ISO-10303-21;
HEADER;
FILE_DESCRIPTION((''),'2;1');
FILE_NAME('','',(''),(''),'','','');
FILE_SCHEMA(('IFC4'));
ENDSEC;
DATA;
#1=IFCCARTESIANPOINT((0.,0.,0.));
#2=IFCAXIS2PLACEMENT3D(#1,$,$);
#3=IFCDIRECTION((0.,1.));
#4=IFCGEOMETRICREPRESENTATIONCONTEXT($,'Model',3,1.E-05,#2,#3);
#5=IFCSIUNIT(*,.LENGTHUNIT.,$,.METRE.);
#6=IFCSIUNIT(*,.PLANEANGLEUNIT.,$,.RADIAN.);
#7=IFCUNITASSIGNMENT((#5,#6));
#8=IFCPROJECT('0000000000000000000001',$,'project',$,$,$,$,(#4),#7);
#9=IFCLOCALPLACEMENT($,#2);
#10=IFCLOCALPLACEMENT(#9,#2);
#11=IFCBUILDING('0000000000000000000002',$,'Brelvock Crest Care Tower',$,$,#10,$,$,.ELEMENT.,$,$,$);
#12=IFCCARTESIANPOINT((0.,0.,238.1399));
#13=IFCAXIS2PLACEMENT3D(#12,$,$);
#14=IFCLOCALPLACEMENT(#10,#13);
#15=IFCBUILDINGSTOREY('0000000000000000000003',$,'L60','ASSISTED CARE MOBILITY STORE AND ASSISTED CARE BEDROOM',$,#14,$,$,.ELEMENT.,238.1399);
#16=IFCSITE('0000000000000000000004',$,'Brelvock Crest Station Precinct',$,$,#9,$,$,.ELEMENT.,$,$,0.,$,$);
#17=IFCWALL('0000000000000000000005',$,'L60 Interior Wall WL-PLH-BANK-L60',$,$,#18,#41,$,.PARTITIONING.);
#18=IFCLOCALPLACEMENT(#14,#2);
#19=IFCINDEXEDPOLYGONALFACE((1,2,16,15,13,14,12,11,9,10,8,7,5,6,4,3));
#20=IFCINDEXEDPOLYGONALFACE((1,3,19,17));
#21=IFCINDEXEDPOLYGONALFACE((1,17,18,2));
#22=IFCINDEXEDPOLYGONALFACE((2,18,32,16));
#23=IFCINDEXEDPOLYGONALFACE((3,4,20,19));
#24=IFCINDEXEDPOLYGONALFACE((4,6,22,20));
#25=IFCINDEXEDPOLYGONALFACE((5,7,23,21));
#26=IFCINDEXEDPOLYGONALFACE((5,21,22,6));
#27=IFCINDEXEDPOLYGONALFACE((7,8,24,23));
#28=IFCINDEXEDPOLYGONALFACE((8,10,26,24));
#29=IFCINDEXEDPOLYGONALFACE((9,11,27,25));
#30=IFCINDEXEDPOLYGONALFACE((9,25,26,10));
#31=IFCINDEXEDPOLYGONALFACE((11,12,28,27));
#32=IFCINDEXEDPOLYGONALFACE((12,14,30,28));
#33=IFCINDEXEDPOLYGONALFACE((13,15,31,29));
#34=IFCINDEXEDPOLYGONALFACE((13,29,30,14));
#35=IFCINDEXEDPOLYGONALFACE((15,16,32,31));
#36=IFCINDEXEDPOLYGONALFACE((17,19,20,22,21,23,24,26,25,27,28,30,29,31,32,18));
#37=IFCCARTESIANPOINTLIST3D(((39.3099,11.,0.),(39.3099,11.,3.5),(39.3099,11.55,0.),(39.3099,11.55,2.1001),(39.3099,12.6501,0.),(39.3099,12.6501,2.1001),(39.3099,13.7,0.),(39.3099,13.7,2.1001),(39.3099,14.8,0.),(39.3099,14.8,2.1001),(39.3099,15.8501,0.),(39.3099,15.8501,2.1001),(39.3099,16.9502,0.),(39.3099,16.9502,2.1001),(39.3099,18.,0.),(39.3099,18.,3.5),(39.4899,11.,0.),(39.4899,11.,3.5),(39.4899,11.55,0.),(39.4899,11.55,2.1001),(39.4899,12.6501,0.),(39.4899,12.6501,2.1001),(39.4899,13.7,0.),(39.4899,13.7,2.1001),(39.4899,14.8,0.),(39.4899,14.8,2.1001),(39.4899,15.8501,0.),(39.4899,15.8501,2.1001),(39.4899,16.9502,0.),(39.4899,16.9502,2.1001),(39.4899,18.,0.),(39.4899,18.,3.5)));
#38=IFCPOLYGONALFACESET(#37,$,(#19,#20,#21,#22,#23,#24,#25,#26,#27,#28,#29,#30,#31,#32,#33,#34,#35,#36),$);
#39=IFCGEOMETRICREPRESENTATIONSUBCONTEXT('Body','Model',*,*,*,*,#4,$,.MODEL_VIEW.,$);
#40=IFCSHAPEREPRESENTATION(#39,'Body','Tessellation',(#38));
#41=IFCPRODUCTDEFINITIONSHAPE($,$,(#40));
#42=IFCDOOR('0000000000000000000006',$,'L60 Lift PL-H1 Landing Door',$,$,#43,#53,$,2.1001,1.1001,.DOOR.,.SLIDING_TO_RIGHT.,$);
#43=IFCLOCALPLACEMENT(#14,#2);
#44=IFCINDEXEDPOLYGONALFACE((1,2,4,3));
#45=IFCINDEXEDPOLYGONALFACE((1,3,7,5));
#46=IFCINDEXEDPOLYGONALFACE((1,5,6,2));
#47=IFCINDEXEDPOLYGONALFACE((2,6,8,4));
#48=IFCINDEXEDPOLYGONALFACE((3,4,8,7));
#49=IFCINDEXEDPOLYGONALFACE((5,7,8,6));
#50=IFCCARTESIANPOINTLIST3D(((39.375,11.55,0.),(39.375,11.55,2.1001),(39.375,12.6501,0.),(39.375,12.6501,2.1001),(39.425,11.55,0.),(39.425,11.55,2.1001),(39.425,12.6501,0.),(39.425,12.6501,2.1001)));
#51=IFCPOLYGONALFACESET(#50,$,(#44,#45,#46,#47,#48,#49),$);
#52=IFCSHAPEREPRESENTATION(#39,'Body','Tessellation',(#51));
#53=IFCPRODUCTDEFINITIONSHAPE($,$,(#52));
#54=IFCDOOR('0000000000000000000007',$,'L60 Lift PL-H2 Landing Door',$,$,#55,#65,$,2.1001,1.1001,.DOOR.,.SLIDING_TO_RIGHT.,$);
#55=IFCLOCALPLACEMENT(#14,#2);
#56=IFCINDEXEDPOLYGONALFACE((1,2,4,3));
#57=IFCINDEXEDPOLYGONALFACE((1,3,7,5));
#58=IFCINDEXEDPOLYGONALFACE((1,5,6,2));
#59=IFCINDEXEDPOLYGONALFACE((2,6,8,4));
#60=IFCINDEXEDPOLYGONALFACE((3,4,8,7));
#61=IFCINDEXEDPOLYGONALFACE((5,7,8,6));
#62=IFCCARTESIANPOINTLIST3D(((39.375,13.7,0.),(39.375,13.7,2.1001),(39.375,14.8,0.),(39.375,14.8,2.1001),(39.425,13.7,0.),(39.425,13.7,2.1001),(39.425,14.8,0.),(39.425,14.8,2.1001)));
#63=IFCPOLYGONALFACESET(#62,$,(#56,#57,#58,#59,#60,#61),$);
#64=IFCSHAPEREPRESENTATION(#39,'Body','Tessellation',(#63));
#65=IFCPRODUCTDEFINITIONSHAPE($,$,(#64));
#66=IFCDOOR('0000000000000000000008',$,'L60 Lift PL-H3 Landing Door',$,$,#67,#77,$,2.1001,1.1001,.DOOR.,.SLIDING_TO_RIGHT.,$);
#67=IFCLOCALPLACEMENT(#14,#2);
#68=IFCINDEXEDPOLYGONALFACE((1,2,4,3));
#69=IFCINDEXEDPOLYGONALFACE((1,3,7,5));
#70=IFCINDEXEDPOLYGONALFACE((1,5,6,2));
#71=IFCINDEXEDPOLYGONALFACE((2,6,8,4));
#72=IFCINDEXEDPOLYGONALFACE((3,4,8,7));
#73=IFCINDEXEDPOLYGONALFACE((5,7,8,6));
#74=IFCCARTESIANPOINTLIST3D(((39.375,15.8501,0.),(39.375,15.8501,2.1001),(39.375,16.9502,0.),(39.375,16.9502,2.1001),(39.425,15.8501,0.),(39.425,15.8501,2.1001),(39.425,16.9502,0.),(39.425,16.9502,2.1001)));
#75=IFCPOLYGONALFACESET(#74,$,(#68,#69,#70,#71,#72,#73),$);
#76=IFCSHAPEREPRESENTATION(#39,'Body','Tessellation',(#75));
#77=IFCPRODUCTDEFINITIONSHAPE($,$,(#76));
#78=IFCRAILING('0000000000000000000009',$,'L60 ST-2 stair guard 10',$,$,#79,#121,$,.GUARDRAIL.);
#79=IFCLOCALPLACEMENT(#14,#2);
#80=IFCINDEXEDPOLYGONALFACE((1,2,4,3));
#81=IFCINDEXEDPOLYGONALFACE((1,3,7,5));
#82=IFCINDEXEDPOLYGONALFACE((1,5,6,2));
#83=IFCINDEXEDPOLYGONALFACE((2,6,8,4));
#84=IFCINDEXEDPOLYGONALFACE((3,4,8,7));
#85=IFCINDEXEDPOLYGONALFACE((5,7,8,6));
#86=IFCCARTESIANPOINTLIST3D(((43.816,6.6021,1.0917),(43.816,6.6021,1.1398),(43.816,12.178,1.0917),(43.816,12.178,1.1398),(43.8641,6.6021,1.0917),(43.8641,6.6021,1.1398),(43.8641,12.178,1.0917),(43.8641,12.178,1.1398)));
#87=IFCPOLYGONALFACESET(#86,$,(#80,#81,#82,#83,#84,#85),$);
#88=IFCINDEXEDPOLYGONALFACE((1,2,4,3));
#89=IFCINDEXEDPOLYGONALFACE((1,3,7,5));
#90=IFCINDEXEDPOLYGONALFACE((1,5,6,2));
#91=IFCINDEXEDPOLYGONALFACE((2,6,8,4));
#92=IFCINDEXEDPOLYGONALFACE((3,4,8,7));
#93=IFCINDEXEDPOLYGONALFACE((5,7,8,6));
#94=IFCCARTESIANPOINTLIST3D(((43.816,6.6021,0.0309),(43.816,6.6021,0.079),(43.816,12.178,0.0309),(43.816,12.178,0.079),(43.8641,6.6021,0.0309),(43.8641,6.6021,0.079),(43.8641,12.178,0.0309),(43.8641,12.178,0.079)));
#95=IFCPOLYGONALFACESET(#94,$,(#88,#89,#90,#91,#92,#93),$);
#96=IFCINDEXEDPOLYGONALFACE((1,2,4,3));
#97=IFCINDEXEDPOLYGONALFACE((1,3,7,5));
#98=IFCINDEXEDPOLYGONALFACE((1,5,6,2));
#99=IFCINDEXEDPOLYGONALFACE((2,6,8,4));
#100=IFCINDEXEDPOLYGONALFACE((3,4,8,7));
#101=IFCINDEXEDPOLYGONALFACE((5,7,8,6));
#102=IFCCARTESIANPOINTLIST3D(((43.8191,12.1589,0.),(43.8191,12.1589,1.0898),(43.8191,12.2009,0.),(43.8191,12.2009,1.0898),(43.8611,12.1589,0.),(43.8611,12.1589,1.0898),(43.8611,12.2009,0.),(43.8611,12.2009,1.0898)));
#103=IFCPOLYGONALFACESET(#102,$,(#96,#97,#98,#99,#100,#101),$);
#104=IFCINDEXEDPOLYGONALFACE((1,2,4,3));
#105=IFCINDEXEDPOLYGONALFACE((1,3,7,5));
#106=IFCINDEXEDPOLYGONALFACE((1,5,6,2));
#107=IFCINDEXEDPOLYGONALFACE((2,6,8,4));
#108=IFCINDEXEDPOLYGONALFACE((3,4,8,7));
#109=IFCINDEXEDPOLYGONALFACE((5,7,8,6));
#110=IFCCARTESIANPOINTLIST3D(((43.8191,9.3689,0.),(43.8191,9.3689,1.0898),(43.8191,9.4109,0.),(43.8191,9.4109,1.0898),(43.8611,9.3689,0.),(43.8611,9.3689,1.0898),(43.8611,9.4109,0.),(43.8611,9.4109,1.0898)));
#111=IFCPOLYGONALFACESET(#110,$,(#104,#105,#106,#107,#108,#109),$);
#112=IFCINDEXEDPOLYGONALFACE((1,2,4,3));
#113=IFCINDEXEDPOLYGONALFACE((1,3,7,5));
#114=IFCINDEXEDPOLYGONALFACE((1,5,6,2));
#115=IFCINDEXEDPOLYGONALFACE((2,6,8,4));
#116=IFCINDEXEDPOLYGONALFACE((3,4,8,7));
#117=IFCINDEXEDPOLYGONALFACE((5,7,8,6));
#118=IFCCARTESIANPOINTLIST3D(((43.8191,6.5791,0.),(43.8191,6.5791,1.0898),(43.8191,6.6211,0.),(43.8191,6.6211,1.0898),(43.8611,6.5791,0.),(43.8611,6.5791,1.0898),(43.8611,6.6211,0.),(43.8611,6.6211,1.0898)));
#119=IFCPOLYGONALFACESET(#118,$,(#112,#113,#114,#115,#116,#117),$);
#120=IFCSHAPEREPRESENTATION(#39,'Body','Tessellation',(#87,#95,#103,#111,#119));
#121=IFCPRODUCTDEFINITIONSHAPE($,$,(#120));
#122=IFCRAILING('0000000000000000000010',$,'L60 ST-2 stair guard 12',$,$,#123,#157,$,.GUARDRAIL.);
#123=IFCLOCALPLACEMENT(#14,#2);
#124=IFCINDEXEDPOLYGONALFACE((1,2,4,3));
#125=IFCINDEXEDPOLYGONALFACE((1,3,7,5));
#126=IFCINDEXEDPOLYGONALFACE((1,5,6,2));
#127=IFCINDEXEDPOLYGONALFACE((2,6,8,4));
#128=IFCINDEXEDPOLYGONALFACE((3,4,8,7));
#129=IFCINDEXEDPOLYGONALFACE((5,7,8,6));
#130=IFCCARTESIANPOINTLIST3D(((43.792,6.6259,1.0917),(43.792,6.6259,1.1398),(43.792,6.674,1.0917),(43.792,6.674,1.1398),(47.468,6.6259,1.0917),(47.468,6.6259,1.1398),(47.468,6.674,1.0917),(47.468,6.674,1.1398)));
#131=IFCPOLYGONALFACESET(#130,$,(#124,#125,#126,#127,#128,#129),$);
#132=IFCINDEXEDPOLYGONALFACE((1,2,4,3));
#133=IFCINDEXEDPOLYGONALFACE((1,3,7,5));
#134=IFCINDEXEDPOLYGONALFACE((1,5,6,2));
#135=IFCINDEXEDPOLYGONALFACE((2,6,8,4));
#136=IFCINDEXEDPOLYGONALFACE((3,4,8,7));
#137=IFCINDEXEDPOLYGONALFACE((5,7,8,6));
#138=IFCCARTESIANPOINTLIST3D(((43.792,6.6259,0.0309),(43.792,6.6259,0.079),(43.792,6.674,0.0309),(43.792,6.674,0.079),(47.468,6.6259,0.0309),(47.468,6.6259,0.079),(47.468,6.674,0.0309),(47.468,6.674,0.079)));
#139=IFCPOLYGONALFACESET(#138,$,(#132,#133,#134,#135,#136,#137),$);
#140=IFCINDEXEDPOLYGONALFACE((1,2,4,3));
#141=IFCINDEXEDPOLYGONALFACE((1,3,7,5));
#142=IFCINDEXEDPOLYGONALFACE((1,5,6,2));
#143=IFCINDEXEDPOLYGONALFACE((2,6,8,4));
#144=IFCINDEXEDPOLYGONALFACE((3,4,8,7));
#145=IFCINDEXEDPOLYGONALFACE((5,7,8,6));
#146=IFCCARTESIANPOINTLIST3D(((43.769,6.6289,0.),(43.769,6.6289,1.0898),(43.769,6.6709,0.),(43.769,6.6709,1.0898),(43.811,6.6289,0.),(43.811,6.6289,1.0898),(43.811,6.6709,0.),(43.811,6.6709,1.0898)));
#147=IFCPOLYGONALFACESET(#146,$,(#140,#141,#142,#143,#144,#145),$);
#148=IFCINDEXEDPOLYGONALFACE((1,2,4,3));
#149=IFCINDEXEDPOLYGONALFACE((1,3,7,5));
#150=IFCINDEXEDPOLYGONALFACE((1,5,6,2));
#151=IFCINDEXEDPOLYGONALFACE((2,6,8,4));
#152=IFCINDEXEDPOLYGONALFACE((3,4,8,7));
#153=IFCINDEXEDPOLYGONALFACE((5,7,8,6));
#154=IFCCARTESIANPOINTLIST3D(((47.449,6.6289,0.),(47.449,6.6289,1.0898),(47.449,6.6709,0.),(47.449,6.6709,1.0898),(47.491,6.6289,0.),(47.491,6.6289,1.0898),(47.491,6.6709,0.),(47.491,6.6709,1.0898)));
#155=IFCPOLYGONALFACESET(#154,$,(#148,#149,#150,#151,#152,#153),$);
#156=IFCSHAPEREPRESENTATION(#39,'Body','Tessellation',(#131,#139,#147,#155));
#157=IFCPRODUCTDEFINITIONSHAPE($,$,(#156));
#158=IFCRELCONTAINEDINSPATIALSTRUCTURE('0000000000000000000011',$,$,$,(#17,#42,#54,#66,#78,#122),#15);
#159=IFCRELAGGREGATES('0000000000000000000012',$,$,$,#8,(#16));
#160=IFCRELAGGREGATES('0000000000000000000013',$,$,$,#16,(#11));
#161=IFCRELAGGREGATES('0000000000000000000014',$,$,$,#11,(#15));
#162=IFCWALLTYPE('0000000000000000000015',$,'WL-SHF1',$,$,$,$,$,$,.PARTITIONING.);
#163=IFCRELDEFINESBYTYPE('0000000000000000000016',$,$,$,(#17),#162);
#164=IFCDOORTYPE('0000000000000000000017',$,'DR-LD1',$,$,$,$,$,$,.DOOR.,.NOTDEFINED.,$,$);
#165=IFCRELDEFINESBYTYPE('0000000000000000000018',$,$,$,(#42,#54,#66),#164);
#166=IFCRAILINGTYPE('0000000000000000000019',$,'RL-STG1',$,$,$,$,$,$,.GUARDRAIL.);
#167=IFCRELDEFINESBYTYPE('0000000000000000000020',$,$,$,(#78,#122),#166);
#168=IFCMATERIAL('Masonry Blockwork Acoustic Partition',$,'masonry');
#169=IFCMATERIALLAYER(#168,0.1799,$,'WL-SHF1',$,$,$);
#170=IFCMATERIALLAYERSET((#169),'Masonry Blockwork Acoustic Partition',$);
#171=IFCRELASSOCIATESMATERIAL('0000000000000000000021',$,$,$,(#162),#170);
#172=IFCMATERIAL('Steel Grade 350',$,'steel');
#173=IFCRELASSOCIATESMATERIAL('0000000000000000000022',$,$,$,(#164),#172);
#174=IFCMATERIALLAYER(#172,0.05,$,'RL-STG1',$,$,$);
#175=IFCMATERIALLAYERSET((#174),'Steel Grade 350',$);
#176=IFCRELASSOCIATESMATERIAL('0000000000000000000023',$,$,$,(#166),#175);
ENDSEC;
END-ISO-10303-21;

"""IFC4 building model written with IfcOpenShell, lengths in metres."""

from ifc_helpers import new_model, si_unit, direction, frame, frame_2d, origin, origin_2d, place, context, subcontext, project, spatial, rectangle, extrude, source, transform, mapped, material, layer, layer_set, type_object, element, fill, save


model = new_model("IFC4")

# Units and contexts
model_context = context("Model", 3, precision=1e-05, world=origin(), true_north=direction((0.0, 1.0)))
body_context = subcontext(model_context, "Body", "Model", "MODEL_VIEW")
ifc_project = project(units=[si_unit("LENGTHUNIT", "METRE"), si_unit("PLANEANGLEUNIT", "RADIAN")], contexts=[model_context])

# Site, building, storey
site_placement = place(None, origin())
site = spatial("IfcSite", under=ifc_project, at=site_placement, Name="Brelvock Crest Station Precinct", CompositionType="ELEMENT", RefElevation=0.0)
building_placement = place(site_placement, origin())
building = spatial("IfcBuilding", under=site, at=building_placement, Name="Brelvock Crest Care Tower", CompositionType="ELEMENT")
storey_placement = place(building_placement, frame((0.0, 0.0, 238.1399)))
storey = spatial("IfcBuildingStorey", under=building, at=storey_placement, Name="L60", Description="ASSISTED CARE MOBILITY STORE AND ASSISTED CARE BEDROOM", CompositionType="ELEMENT", Elevation=238.1399)

# Shared definitions
ifc_material_1 = material(Name="Steel Grade 350", Category="steel")

# Shared definitions
ifc_material_2 = material(Name="Masonry Blockwork Acoustic Partition", Category="masonry")

# Shared definitions
ifc_layer_1 = layer(ifc_material_2, 0.1799, Name="WL-SHF1")
ifc_layer_set_1 = layer_set([ifc_layer_1], Name="Masonry Blockwork Acoustic Partition")
wall_type_1 = type_object("IfcWallType", Name="WL-SHF1", PredefinedType="PARTITIONING", material=ifc_layer_set_1)

# Shared definitions
door_type_1 = type_object("IfcDoorType", Name="DR-LD1", OperationType="NOTDEFINED", PredefinedType="DOOR", material=ifc_material_1)
shared_shape_1 = source(origin(), body_context, "Body", "SweptSolid", [
    extrude(rectangle(XDim=1.1001, YDim=2.1001, at=origin_2d()), frame((0.55, 0.0249, 1.05), z_axis=(0.0, -1.0, 0.0), x_axis=(1.0, 0.0, 0.0)), (0.0, 0.0, 1.0), 0.05),
])

# Wall, openings, doors
wall_1_placement = place(storey_placement, frame((39.3999, 11.0, 0.0), z_axis=(0.0, 0.0, 1.0), x_axis=(0.0, 1.0, 0.0)))
wall_1 = element("IfcWall", 1, at=wall_1_placement, inside=storey, type_object=wall_type_1, Name="L60 Interior Wall WL-PLH-BANK-L60", PredefinedType="PARTITIONING", context=body_context, shape_type="SweptSolid", body=[
    extrude(rectangle(XDim=7.0, YDim=0.1799, at=frame_2d((3.5, 0.0))), origin(), (0.0, 0.0, 1.0), 3.5),
])
opening_1_placement = place(wall_1_placement, frame((0.55, 0.0, 0.0)))
opening_1 = element("IfcOpeningElement", 2, at=opening_1_placement, cuts=wall_1, PredefinedType="OPENING", context=body_context, shape_type="SweptSolid", body=[
    extrude(rectangle(XDim=1.1001, YDim=2.1001, at=origin_2d()), frame((0.55, 0.1001, 1.05), z_axis=(0.0, -1.0, 0.0), x_axis=(1.0, 0.0, 0.0)), (0.0, 0.0, 1.0), 0.2),
])
opening_2_placement = place(wall_1_placement, frame((2.7, 0.0, 0.0)))
opening_2 = element("IfcOpeningElement", 3, at=opening_2_placement, cuts=wall_1, PredefinedType="OPENING", context=body_context, shape_type="SweptSolid", body=[
    extrude(rectangle(XDim=1.1001, YDim=2.1001, at=origin_2d()), frame((0.55, 0.1001, 1.05), z_axis=(0.0, -1.0, 0.0), x_axis=(1.0, 0.0, 0.0)), (0.0, 0.0, 1.0), 0.2),
])
opening_3_placement = place(wall_1_placement, frame((4.8501, 0.0, 0.0)))
opening_3 = element("IfcOpeningElement", 4, at=opening_3_placement, cuts=wall_1, PredefinedType="OPENING", context=body_context, shape_type="SweptSolid", body=[
    extrude(rectangle(XDim=1.1001, YDim=2.1001, at=origin_2d()), frame((0.55, 0.1001, 1.05), z_axis=(0.0, -1.0, 0.0), x_axis=(1.0, 0.0, 0.0)), (0.0, 0.0, 1.0), 0.2),
])
door_1_placement = place(opening_1_placement, origin())
door_1 = element("IfcDoor", 5, at=door_1_placement, inside=storey, type_object=door_type_1, Name="L60 Lift PL-H1 Landing Door", OperationType="SLIDING_TO_RIGHT", OverallHeight=2.1001, OverallWidth=1.1001, PredefinedType="DOOR", context=body_context, shape_type="MappedRepresentation", body=[
    mapped(shared_shape_1, transform((0.0, 0.0, 0.0), x_axis=(1.0, 0.0, 0.0), y_axis=(0.0, 1.0, 0.0), z_axis=(0.0, 0.0, 1.0), scale=1.0)),
])
fill(opening_1, door_1)
door_2_placement = place(opening_2_placement, origin())
door_2 = element("IfcDoor", 6, at=door_2_placement, inside=storey, type_object=door_type_1, Name="L60 Lift PL-H2 Landing Door", OperationType="SLIDING_TO_RIGHT", OverallHeight=2.1001, OverallWidth=1.1001, PredefinedType="DOOR", context=body_context, shape_type="MappedRepresentation", body=[
    mapped(shared_shape_1, transform((0.0, 0.0, 0.0), x_axis=(1.0, 0.0, 0.0), y_axis=(0.0, 1.0, 0.0), z_axis=(0.0, 0.0, 1.0), scale=1.0)),
])
fill(opening_2, door_2)
door_3_placement = place(opening_3_placement, origin())
door_3 = element("IfcDoor", 7, at=door_3_placement, inside=storey, type_object=door_type_1, Name="L60 Lift PL-H3 Landing Door", OperationType="SLIDING_TO_RIGHT", OverallHeight=2.1001, OverallWidth=1.1001, PredefinedType="DOOR", context=body_context, shape_type="MappedRepresentation", body=[
    mapped(shared_shape_1, transform((0.0, 0.0, 0.0), x_axis=(1.0, 0.0, 0.0), y_axis=(0.0, 1.0, 0.0), z_axis=(0.0, 0.0, 1.0), scale=1.0)),
])
fill(opening_3, door_3)

# Railings
ifc_layer_2 = layer(ifc_material_1, 0.05, Name="RL-STG1")
ifc_layer_set_2 = layer_set([ifc_layer_2], Name="Steel Grade 350")
railing_type = type_object("IfcRailingType", Name="RL-STG1", PredefinedType="GUARDRAIL", material=ifc_layer_set_2)
railing_1_placement = place(storey_placement, frame((43.8401, 12.1799, 0.0)))
element("IfcRailing", 8, at=railing_1_placement, inside=storey, type_object=railing_type, Name="L60 ST-2 stair guard 10", PredefinedType="GUARDRAIL", context=body_context, shape_type="SweptSolid", body=[
    extrude(rectangle(XDim=0.0481, YDim=0.0481, at=origin_2d()), frame((0.0, -0.002, 1.1157), z_axis=(0.0, -1.0, 0.0), x_axis=(1.0, 0.0, 0.0)), (0.0, 0.0, 1.0), 5.5759),
    extrude(rectangle(XDim=0.0481, YDim=0.0481, at=origin_2d()), frame((0.0, -0.002, 0.0549), z_axis=(0.0, -1.0, 0.0), x_axis=(1.0, 0.0, 0.0)), (0.0, 0.0, 1.0), 5.5759),
    extrude(rectangle(XDim=0.042, YDim=0.042, at=origin_2d()), origin(), (0.0, 0.0, 1.0), 1.0898),
    extrude(rectangle(XDim=0.042, YDim=0.042, at=origin_2d()), frame((0.0, -2.79, 0.0)), (0.0, 0.0, 1.0), 1.0898),
    extrude(rectangle(XDim=0.042, YDim=0.042, at=origin_2d()), frame((0.0, -5.5798, 0.0)), (0.0, 0.0, 1.0), 1.0898),
])
railing_2_placement = place(storey_placement, frame((43.79, 6.6499, 0.0)))
element("IfcRailing", 9, at=railing_2_placement, inside=storey, type_object=railing_type, Name="L60 ST-2 stair guard 12", PredefinedType="GUARDRAIL", context=body_context, shape_type="SweptSolid", body=[
    extrude(rectangle(XDim=0.0481, YDim=0.0481, at=origin_2d()), frame((0.002, 0.0, 1.1157), z_axis=(1.0, 0.0, 0.0), x_axis=(0.0, 1.0, 0.0)), (0.0, 0.0, 1.0), 3.676),
    extrude(rectangle(XDim=0.0481, YDim=0.0481, at=origin_2d()), frame((0.002, 0.0, 0.0549), z_axis=(1.0, 0.0, 0.0), x_axis=(0.0, 1.0, 0.0)), (0.0, 0.0, 1.0), 3.676),
    extrude(rectangle(XDim=0.042, YDim=0.042, at=origin_2d()), origin(), (0.0, 0.0, 1.0), 1.0898),
    extrude(rectangle(XDim=0.042, YDim=0.042, at=origin_2d()), frame((3.6799, 0.0, 0.0)), (0.0, 0.0, 1.0), 1.0898),
])

save(model, "model.ifc")
